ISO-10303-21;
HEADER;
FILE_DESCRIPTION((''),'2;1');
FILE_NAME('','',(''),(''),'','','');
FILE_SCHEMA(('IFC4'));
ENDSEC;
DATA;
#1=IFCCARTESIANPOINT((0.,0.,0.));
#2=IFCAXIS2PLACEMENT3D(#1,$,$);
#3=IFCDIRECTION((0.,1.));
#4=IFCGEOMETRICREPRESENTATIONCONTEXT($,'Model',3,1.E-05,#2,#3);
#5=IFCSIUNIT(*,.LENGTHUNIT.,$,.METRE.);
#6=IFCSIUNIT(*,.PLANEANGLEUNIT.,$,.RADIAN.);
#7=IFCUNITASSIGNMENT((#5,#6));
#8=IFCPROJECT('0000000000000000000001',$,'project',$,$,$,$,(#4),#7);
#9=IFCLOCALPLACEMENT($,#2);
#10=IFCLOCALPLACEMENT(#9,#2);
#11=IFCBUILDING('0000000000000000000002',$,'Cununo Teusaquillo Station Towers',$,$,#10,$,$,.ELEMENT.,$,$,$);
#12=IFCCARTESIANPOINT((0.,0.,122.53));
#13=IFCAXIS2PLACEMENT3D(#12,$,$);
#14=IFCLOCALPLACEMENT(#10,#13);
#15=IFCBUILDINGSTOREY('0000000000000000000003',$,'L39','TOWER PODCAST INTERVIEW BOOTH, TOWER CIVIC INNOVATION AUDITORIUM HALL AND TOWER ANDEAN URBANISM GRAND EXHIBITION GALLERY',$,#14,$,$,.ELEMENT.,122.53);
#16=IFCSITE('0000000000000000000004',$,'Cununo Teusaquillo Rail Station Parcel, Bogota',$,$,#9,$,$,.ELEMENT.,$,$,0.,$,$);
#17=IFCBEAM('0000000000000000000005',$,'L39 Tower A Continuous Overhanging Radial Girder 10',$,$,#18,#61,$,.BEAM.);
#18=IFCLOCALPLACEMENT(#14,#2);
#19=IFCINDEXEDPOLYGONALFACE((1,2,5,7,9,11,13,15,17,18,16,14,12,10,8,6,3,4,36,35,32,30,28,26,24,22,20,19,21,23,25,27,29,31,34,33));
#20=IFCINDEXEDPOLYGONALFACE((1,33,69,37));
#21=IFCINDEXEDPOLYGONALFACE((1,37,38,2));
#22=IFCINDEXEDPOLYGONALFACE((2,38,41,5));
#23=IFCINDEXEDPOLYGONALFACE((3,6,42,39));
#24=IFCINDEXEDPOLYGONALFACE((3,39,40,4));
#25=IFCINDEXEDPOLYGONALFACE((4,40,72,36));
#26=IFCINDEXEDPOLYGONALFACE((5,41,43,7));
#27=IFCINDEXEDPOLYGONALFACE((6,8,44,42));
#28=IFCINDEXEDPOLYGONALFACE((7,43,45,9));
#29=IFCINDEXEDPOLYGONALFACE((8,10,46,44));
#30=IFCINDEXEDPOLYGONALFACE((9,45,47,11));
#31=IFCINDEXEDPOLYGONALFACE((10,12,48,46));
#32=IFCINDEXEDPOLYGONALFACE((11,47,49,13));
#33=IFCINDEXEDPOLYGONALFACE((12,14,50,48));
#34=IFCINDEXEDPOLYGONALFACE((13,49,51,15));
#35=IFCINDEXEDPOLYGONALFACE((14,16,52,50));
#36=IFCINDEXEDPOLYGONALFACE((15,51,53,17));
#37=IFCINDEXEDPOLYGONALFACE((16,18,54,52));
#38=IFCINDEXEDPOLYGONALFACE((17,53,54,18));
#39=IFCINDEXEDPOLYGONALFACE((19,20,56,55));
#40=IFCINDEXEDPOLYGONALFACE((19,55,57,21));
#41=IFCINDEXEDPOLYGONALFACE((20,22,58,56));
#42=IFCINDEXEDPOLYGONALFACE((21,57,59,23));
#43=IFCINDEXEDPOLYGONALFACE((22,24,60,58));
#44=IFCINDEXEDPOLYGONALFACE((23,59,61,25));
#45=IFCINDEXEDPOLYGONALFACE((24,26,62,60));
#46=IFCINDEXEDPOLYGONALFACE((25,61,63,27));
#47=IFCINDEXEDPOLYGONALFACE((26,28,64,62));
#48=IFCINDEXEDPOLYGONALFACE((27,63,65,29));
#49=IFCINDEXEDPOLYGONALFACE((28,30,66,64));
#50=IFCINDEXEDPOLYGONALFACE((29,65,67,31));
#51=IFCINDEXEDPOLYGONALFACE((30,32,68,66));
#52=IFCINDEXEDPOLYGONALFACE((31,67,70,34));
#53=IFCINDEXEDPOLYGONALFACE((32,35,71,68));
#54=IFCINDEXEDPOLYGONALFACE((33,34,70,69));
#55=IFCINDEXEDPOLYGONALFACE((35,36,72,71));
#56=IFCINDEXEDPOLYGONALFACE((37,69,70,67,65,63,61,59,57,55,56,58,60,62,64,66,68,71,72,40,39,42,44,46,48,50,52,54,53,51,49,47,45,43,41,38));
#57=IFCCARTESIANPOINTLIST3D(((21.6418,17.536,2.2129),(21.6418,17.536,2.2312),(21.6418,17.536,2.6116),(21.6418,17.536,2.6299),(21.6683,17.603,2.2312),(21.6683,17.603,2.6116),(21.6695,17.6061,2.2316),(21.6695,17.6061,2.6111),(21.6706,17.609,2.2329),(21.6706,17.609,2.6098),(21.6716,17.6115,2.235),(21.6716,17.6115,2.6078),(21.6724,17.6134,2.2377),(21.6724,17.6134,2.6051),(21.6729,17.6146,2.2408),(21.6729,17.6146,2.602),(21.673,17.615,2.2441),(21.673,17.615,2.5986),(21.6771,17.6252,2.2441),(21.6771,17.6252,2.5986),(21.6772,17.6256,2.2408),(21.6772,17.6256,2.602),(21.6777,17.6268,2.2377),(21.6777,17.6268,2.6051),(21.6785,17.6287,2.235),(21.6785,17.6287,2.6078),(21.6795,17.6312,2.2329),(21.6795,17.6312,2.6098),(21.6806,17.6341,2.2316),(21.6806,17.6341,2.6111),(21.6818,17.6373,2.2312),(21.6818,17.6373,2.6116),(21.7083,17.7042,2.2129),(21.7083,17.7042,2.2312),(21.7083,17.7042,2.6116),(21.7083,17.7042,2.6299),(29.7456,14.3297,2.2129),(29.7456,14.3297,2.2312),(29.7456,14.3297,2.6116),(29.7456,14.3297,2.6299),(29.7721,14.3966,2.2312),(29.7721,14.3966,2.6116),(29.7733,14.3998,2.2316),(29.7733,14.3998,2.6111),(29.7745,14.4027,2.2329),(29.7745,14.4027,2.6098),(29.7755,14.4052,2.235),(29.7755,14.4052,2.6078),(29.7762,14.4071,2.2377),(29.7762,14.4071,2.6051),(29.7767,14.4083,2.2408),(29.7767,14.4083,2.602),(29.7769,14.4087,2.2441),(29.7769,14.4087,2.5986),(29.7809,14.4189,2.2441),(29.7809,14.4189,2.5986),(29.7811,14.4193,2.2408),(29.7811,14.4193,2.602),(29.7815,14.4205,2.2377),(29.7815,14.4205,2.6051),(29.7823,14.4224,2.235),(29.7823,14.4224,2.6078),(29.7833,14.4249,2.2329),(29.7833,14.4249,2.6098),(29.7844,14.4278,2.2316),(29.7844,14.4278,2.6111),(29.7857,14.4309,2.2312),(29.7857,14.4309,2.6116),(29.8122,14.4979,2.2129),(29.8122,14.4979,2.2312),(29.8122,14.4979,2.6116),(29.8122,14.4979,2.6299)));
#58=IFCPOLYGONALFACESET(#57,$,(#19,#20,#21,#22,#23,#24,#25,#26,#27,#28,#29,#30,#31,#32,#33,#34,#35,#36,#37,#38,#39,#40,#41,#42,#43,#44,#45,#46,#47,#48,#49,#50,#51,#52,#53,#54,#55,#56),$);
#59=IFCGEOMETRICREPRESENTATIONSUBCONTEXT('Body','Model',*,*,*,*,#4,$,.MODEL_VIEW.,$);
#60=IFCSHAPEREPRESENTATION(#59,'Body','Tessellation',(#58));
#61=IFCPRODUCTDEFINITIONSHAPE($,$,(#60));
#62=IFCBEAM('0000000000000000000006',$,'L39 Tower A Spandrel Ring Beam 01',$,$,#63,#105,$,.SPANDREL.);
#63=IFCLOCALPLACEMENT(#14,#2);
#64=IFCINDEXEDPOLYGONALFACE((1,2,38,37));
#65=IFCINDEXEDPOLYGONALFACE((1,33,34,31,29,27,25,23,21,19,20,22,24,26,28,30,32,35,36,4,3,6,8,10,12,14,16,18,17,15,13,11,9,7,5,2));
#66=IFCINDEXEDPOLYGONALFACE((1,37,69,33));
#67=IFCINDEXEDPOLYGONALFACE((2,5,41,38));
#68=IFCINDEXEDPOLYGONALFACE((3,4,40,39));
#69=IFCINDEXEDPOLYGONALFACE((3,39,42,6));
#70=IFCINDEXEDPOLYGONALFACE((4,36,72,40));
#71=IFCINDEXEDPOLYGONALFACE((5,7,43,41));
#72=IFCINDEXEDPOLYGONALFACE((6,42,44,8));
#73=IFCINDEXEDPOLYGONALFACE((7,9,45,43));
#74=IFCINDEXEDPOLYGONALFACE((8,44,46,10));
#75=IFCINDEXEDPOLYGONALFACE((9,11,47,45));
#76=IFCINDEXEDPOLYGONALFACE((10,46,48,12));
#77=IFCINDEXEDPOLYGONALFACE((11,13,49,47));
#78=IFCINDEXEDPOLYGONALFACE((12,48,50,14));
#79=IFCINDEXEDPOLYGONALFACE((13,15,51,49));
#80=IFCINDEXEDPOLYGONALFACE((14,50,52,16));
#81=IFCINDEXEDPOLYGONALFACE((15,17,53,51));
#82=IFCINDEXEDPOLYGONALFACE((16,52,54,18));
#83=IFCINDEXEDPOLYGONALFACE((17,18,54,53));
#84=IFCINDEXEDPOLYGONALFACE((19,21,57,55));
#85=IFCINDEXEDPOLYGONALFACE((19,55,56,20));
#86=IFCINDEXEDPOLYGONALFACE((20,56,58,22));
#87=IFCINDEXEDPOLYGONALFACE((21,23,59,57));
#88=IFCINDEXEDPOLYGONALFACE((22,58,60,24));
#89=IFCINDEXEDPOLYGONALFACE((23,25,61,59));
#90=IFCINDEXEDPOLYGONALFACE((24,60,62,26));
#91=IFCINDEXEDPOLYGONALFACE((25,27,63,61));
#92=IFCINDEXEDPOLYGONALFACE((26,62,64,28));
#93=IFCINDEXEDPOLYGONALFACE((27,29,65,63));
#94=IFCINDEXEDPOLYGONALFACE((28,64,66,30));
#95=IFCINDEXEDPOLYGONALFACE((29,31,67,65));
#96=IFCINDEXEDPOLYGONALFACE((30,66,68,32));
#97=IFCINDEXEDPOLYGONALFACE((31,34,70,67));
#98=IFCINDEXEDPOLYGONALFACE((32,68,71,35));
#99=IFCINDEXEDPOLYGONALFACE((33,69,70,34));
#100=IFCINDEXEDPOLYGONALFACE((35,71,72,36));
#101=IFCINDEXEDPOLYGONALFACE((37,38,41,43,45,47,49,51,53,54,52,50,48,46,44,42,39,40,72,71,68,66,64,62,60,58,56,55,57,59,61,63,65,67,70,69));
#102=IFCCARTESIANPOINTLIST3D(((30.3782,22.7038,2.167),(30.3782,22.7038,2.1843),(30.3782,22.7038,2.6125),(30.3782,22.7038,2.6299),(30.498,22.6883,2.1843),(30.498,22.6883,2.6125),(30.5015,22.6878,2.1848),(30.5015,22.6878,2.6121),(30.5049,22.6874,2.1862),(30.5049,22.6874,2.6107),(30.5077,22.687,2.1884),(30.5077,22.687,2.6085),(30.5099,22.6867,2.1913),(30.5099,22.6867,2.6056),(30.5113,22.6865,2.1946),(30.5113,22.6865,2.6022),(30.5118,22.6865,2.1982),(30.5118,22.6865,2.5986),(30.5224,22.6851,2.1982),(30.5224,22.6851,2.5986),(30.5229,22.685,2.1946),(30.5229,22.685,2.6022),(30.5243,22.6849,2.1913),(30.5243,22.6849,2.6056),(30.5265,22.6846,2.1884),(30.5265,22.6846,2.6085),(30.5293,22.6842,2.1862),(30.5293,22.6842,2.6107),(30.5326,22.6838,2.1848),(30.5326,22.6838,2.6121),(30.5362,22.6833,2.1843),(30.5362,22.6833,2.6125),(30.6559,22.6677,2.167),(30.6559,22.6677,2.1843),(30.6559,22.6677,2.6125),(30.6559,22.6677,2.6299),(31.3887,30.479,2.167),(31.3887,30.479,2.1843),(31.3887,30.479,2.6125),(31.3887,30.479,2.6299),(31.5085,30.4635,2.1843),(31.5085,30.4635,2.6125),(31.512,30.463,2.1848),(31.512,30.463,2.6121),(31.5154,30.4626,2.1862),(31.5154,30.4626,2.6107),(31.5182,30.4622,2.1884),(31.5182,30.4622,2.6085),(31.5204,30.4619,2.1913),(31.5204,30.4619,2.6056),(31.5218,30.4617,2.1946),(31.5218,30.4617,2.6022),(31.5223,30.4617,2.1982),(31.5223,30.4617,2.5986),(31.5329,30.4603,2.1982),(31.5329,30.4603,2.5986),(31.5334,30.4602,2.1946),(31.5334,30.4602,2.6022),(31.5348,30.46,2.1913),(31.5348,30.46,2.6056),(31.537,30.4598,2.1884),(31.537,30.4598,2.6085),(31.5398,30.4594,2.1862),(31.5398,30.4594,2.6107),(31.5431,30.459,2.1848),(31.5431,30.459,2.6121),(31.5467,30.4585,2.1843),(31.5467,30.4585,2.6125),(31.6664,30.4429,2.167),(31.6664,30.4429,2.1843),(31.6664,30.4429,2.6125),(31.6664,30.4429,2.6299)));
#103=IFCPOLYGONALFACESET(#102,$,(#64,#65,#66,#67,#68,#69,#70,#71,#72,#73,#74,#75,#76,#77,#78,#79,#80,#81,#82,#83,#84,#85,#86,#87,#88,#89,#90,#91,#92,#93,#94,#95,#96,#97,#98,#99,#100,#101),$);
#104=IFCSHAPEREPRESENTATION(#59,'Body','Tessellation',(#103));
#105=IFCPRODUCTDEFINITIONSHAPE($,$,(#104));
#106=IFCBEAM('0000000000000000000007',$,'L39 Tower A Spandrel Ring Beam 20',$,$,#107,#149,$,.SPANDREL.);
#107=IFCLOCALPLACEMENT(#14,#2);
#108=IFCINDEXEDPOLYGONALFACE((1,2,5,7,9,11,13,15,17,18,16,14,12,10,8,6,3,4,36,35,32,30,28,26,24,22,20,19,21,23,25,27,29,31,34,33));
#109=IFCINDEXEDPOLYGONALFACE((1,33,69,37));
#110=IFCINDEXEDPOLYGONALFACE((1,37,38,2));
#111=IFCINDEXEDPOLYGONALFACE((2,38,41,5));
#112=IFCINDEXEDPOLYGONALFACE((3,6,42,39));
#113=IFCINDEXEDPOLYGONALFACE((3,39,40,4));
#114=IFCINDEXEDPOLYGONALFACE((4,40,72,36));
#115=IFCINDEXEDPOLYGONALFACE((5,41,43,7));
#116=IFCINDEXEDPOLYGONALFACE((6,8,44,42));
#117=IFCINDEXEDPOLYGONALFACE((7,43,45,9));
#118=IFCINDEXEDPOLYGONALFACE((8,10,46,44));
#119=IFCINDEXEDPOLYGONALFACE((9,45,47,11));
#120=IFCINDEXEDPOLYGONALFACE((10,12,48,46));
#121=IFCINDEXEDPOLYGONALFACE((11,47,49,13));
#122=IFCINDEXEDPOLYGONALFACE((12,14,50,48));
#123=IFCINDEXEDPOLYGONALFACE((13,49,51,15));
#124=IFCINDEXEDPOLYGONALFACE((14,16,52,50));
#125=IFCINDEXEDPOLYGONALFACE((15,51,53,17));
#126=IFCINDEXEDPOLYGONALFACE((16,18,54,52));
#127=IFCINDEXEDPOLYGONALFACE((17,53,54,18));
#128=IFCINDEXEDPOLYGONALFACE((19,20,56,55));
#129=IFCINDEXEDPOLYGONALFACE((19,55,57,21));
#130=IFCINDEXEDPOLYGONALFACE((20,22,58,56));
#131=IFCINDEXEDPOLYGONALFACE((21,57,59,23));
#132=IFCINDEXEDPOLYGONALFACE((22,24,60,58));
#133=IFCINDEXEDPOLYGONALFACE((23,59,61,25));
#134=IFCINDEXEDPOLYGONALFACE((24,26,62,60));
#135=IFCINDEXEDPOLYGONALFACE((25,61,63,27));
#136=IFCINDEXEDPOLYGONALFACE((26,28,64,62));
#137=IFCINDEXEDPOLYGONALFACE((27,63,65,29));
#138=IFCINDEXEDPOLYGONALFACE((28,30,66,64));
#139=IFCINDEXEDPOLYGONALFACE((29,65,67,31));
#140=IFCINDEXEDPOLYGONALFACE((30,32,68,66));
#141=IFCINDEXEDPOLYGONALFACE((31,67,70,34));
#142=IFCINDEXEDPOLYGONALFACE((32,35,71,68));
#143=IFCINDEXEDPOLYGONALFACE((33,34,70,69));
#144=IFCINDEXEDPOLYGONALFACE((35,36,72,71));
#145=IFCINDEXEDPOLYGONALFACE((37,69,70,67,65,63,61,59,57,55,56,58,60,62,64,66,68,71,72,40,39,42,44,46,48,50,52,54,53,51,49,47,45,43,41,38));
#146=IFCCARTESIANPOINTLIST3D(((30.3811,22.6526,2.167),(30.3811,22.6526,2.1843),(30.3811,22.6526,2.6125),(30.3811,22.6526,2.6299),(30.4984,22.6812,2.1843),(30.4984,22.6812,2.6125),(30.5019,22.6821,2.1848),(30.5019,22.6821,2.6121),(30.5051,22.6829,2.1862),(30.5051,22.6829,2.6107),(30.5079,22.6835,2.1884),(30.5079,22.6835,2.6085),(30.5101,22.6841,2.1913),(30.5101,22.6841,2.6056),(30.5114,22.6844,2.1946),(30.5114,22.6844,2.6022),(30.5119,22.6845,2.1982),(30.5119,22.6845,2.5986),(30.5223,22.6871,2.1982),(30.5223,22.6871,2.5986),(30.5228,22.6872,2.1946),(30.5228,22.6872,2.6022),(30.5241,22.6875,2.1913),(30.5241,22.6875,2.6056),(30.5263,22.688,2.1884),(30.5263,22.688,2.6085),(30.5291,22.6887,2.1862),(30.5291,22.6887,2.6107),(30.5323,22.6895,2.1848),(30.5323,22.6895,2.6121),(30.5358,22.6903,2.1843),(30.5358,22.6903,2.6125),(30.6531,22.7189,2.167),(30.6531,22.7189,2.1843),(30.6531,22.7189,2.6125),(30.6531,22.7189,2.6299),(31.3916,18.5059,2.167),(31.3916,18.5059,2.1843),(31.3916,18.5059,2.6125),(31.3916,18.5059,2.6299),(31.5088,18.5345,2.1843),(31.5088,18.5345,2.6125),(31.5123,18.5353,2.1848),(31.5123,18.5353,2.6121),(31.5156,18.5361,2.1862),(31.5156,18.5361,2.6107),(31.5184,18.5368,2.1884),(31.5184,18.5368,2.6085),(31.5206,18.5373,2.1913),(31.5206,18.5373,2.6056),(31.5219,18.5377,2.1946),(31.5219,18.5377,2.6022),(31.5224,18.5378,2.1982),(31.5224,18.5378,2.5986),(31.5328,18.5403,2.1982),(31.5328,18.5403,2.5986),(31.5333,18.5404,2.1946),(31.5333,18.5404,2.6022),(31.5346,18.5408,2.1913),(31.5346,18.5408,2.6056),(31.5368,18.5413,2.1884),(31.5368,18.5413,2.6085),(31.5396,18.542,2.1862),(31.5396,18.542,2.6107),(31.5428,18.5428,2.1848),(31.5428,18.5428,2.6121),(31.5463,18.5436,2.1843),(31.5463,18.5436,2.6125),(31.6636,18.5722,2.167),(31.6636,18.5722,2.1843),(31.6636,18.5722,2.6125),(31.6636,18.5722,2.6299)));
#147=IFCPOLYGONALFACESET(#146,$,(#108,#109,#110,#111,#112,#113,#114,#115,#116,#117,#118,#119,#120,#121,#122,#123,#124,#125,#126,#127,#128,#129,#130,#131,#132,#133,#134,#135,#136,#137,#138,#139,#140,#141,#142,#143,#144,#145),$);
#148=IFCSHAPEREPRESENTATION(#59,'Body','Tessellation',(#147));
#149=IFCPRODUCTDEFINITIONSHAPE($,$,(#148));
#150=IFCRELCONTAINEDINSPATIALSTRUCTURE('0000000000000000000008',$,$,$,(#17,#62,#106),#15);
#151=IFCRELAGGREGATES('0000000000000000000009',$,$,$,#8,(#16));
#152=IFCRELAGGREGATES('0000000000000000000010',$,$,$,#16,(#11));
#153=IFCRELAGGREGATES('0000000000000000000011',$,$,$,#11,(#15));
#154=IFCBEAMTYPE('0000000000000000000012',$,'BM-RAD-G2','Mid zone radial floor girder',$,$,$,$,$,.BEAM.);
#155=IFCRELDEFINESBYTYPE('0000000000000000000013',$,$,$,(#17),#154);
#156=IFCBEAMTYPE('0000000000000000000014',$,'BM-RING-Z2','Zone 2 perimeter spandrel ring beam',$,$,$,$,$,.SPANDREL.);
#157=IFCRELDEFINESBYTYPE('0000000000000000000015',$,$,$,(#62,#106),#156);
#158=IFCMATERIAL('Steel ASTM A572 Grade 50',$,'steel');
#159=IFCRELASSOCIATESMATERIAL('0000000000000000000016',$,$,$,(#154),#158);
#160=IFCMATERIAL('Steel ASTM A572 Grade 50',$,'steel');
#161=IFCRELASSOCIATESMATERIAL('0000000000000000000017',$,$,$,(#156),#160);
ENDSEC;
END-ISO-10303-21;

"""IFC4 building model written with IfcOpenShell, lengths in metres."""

from ifc_helpers import new_model, si_unit, direction, frame, origin, origin_2d, place, context, subcontext, project, spatial, i_section, extrude, material, material_profile, profile_set, type_object, element, save


model = new_model("IFC4")

# Units and contexts
model_context = context("Model", 3, precision=1e-05, world=origin(), true_north=direction((0.0, 1.0)))
body_context = subcontext(model_context, "Body", "Model", "MODEL_VIEW")
ifc_project = project(units=[si_unit("LENGTHUNIT", "METRE"), si_unit("PLANEANGLEUNIT", "RADIAN")], contexts=[model_context])

# Site, building, storey
site_placement = place(None, origin())
site = spatial("IfcSite", under=ifc_project, at=site_placement, Name="Cununo Teusaquillo Rail Station Parcel, Bogota", CompositionType="ELEMENT", RefElevation=0.0)
building_placement = place(site_placement, origin())
building = spatial("IfcBuilding", under=site, at=building_placement, Name="Cununo Teusaquillo Station Towers", CompositionType="ELEMENT")
storey_placement = place(building_placement, frame((0.0, 0.0, 122.53)))
storey = spatial("IfcBuildingStorey", under=building, at=storey_placement, Name="L39", Description="TOWER PODCAST INTERVIEW BOOTH, TOWER CIVIC INNOVATION AUDITORIUM HALL AND TOWER ANDEAN URBANISM GRAND EXHIBITION GALLERY", CompositionType="ELEMENT", Elevation=122.53)

# Beams
ifc_material_1 = material(Name="Steel ASTM A572 Grade 50", Category="steel")
ifc_material_profile_1 = material_profile(ifc_material_1, i_section(OverallWidth=0.1809, OverallDepth=0.417, WebThickness=0.011, FlangeThickness=0.0183, FilletRadius=0.0129, at=origin_2d()), Name="W16X57")
ifc_profile_set_1 = profile_set([ifc_material_profile_1], Name="Steel ASTM A572 Grade 50")
beam_type_1 = type_object("IfcBeamType", Name="BM-RAD-G2", Description="Mid zone radial floor girder", PredefinedType="BEAM", material=ifc_profile_set_1)
beam_1_placement = place(storey_placement, frame((21.675, 17.6201, 2.4214), z_axis=(0.929863, -0.367906, 0.0), x_axis=(0.367906, 0.929863, 0.0)))
element("IfcBeam", 1, at=beam_1_placement, inside=storey, type_object=beam_type_1, Name="L39 Tower A Continuous Overhanging Radial Girder 10", PredefinedType="BEAM", context=body_context, shape_type="SweptSolid", body=[
    extrude(i_section(OverallWidth=0.1809, OverallDepth=0.417, WebThickness=0.011, FlangeThickness=0.0183, FilletRadius=0.0129, at=origin_2d()), origin(), (0.0, 0.0, 1.0), 8.7151),
])
ifc_material_2 = material(Name="Steel ASTM A572 Grade 50", Category="steel")
ifc_material_profile_2 = material_profile(ifc_material_2, i_section(OverallWidth=0.28, OverallDepth=0.4629, WebThickness=0.0107, FlangeThickness=0.0173, FilletRadius=0.0139, at=origin_2d()), Name="W18X76")
ifc_profile_set_2 = profile_set([ifc_material_profile_2], Name="Steel ASTM A572 Grade 50")
beam_type_2 = type_object("IfcBeamType", Name="BM-RING-Z2", Description="Zone 2 perimeter spandrel ring beam", PredefinedType="SPANDREL", material=ifc_profile_set_2)
beam_2_placement = place(storey_placement, frame((30.5171, 22.6858, 2.3984), z_axis=(0.128881, 0.99166, 0.0), x_axis=(-0.99166, 0.128881, 0.0)))
element("IfcBeam", 2, at=beam_2_placement, inside=storey, type_object=beam_type_2, Name="L39 Tower A Spandrel Ring Beam 01", PredefinedType="SPANDREL", context=body_context, shape_type="SweptSolid", body=[
    extrude(i_section(OverallWidth=0.28, OverallDepth=0.4629, WebThickness=0.0107, FlangeThickness=0.0173, FilletRadius=0.0139, at=origin_2d()), origin(), (0.0, 0.0, 1.0), 7.8406),
])
beam_3_placement = place(storey_placement, frame((31.5276, 18.5391, 2.3984), z_axis=(-0.236757, 0.971569, 0.0), x_axis=(-0.971569, -0.236757, 0.0)))
element("IfcBeam", 3, at=beam_3_placement, inside=storey, type_object=beam_type_2, Name="L39 Tower A Spandrel Ring Beam 20", PredefinedType="SPANDREL", context=body_context, shape_type="SweptSolid", body=[
    extrude(i_section(OverallWidth=0.28, OverallDepth=0.4629, WebThickness=0.0107, FlangeThickness=0.0173, FilletRadius=0.0139, at=origin_2d()), origin(), (0.0, 0.0, 1.0), 4.2681),
])

save(model, "model.ifc")
